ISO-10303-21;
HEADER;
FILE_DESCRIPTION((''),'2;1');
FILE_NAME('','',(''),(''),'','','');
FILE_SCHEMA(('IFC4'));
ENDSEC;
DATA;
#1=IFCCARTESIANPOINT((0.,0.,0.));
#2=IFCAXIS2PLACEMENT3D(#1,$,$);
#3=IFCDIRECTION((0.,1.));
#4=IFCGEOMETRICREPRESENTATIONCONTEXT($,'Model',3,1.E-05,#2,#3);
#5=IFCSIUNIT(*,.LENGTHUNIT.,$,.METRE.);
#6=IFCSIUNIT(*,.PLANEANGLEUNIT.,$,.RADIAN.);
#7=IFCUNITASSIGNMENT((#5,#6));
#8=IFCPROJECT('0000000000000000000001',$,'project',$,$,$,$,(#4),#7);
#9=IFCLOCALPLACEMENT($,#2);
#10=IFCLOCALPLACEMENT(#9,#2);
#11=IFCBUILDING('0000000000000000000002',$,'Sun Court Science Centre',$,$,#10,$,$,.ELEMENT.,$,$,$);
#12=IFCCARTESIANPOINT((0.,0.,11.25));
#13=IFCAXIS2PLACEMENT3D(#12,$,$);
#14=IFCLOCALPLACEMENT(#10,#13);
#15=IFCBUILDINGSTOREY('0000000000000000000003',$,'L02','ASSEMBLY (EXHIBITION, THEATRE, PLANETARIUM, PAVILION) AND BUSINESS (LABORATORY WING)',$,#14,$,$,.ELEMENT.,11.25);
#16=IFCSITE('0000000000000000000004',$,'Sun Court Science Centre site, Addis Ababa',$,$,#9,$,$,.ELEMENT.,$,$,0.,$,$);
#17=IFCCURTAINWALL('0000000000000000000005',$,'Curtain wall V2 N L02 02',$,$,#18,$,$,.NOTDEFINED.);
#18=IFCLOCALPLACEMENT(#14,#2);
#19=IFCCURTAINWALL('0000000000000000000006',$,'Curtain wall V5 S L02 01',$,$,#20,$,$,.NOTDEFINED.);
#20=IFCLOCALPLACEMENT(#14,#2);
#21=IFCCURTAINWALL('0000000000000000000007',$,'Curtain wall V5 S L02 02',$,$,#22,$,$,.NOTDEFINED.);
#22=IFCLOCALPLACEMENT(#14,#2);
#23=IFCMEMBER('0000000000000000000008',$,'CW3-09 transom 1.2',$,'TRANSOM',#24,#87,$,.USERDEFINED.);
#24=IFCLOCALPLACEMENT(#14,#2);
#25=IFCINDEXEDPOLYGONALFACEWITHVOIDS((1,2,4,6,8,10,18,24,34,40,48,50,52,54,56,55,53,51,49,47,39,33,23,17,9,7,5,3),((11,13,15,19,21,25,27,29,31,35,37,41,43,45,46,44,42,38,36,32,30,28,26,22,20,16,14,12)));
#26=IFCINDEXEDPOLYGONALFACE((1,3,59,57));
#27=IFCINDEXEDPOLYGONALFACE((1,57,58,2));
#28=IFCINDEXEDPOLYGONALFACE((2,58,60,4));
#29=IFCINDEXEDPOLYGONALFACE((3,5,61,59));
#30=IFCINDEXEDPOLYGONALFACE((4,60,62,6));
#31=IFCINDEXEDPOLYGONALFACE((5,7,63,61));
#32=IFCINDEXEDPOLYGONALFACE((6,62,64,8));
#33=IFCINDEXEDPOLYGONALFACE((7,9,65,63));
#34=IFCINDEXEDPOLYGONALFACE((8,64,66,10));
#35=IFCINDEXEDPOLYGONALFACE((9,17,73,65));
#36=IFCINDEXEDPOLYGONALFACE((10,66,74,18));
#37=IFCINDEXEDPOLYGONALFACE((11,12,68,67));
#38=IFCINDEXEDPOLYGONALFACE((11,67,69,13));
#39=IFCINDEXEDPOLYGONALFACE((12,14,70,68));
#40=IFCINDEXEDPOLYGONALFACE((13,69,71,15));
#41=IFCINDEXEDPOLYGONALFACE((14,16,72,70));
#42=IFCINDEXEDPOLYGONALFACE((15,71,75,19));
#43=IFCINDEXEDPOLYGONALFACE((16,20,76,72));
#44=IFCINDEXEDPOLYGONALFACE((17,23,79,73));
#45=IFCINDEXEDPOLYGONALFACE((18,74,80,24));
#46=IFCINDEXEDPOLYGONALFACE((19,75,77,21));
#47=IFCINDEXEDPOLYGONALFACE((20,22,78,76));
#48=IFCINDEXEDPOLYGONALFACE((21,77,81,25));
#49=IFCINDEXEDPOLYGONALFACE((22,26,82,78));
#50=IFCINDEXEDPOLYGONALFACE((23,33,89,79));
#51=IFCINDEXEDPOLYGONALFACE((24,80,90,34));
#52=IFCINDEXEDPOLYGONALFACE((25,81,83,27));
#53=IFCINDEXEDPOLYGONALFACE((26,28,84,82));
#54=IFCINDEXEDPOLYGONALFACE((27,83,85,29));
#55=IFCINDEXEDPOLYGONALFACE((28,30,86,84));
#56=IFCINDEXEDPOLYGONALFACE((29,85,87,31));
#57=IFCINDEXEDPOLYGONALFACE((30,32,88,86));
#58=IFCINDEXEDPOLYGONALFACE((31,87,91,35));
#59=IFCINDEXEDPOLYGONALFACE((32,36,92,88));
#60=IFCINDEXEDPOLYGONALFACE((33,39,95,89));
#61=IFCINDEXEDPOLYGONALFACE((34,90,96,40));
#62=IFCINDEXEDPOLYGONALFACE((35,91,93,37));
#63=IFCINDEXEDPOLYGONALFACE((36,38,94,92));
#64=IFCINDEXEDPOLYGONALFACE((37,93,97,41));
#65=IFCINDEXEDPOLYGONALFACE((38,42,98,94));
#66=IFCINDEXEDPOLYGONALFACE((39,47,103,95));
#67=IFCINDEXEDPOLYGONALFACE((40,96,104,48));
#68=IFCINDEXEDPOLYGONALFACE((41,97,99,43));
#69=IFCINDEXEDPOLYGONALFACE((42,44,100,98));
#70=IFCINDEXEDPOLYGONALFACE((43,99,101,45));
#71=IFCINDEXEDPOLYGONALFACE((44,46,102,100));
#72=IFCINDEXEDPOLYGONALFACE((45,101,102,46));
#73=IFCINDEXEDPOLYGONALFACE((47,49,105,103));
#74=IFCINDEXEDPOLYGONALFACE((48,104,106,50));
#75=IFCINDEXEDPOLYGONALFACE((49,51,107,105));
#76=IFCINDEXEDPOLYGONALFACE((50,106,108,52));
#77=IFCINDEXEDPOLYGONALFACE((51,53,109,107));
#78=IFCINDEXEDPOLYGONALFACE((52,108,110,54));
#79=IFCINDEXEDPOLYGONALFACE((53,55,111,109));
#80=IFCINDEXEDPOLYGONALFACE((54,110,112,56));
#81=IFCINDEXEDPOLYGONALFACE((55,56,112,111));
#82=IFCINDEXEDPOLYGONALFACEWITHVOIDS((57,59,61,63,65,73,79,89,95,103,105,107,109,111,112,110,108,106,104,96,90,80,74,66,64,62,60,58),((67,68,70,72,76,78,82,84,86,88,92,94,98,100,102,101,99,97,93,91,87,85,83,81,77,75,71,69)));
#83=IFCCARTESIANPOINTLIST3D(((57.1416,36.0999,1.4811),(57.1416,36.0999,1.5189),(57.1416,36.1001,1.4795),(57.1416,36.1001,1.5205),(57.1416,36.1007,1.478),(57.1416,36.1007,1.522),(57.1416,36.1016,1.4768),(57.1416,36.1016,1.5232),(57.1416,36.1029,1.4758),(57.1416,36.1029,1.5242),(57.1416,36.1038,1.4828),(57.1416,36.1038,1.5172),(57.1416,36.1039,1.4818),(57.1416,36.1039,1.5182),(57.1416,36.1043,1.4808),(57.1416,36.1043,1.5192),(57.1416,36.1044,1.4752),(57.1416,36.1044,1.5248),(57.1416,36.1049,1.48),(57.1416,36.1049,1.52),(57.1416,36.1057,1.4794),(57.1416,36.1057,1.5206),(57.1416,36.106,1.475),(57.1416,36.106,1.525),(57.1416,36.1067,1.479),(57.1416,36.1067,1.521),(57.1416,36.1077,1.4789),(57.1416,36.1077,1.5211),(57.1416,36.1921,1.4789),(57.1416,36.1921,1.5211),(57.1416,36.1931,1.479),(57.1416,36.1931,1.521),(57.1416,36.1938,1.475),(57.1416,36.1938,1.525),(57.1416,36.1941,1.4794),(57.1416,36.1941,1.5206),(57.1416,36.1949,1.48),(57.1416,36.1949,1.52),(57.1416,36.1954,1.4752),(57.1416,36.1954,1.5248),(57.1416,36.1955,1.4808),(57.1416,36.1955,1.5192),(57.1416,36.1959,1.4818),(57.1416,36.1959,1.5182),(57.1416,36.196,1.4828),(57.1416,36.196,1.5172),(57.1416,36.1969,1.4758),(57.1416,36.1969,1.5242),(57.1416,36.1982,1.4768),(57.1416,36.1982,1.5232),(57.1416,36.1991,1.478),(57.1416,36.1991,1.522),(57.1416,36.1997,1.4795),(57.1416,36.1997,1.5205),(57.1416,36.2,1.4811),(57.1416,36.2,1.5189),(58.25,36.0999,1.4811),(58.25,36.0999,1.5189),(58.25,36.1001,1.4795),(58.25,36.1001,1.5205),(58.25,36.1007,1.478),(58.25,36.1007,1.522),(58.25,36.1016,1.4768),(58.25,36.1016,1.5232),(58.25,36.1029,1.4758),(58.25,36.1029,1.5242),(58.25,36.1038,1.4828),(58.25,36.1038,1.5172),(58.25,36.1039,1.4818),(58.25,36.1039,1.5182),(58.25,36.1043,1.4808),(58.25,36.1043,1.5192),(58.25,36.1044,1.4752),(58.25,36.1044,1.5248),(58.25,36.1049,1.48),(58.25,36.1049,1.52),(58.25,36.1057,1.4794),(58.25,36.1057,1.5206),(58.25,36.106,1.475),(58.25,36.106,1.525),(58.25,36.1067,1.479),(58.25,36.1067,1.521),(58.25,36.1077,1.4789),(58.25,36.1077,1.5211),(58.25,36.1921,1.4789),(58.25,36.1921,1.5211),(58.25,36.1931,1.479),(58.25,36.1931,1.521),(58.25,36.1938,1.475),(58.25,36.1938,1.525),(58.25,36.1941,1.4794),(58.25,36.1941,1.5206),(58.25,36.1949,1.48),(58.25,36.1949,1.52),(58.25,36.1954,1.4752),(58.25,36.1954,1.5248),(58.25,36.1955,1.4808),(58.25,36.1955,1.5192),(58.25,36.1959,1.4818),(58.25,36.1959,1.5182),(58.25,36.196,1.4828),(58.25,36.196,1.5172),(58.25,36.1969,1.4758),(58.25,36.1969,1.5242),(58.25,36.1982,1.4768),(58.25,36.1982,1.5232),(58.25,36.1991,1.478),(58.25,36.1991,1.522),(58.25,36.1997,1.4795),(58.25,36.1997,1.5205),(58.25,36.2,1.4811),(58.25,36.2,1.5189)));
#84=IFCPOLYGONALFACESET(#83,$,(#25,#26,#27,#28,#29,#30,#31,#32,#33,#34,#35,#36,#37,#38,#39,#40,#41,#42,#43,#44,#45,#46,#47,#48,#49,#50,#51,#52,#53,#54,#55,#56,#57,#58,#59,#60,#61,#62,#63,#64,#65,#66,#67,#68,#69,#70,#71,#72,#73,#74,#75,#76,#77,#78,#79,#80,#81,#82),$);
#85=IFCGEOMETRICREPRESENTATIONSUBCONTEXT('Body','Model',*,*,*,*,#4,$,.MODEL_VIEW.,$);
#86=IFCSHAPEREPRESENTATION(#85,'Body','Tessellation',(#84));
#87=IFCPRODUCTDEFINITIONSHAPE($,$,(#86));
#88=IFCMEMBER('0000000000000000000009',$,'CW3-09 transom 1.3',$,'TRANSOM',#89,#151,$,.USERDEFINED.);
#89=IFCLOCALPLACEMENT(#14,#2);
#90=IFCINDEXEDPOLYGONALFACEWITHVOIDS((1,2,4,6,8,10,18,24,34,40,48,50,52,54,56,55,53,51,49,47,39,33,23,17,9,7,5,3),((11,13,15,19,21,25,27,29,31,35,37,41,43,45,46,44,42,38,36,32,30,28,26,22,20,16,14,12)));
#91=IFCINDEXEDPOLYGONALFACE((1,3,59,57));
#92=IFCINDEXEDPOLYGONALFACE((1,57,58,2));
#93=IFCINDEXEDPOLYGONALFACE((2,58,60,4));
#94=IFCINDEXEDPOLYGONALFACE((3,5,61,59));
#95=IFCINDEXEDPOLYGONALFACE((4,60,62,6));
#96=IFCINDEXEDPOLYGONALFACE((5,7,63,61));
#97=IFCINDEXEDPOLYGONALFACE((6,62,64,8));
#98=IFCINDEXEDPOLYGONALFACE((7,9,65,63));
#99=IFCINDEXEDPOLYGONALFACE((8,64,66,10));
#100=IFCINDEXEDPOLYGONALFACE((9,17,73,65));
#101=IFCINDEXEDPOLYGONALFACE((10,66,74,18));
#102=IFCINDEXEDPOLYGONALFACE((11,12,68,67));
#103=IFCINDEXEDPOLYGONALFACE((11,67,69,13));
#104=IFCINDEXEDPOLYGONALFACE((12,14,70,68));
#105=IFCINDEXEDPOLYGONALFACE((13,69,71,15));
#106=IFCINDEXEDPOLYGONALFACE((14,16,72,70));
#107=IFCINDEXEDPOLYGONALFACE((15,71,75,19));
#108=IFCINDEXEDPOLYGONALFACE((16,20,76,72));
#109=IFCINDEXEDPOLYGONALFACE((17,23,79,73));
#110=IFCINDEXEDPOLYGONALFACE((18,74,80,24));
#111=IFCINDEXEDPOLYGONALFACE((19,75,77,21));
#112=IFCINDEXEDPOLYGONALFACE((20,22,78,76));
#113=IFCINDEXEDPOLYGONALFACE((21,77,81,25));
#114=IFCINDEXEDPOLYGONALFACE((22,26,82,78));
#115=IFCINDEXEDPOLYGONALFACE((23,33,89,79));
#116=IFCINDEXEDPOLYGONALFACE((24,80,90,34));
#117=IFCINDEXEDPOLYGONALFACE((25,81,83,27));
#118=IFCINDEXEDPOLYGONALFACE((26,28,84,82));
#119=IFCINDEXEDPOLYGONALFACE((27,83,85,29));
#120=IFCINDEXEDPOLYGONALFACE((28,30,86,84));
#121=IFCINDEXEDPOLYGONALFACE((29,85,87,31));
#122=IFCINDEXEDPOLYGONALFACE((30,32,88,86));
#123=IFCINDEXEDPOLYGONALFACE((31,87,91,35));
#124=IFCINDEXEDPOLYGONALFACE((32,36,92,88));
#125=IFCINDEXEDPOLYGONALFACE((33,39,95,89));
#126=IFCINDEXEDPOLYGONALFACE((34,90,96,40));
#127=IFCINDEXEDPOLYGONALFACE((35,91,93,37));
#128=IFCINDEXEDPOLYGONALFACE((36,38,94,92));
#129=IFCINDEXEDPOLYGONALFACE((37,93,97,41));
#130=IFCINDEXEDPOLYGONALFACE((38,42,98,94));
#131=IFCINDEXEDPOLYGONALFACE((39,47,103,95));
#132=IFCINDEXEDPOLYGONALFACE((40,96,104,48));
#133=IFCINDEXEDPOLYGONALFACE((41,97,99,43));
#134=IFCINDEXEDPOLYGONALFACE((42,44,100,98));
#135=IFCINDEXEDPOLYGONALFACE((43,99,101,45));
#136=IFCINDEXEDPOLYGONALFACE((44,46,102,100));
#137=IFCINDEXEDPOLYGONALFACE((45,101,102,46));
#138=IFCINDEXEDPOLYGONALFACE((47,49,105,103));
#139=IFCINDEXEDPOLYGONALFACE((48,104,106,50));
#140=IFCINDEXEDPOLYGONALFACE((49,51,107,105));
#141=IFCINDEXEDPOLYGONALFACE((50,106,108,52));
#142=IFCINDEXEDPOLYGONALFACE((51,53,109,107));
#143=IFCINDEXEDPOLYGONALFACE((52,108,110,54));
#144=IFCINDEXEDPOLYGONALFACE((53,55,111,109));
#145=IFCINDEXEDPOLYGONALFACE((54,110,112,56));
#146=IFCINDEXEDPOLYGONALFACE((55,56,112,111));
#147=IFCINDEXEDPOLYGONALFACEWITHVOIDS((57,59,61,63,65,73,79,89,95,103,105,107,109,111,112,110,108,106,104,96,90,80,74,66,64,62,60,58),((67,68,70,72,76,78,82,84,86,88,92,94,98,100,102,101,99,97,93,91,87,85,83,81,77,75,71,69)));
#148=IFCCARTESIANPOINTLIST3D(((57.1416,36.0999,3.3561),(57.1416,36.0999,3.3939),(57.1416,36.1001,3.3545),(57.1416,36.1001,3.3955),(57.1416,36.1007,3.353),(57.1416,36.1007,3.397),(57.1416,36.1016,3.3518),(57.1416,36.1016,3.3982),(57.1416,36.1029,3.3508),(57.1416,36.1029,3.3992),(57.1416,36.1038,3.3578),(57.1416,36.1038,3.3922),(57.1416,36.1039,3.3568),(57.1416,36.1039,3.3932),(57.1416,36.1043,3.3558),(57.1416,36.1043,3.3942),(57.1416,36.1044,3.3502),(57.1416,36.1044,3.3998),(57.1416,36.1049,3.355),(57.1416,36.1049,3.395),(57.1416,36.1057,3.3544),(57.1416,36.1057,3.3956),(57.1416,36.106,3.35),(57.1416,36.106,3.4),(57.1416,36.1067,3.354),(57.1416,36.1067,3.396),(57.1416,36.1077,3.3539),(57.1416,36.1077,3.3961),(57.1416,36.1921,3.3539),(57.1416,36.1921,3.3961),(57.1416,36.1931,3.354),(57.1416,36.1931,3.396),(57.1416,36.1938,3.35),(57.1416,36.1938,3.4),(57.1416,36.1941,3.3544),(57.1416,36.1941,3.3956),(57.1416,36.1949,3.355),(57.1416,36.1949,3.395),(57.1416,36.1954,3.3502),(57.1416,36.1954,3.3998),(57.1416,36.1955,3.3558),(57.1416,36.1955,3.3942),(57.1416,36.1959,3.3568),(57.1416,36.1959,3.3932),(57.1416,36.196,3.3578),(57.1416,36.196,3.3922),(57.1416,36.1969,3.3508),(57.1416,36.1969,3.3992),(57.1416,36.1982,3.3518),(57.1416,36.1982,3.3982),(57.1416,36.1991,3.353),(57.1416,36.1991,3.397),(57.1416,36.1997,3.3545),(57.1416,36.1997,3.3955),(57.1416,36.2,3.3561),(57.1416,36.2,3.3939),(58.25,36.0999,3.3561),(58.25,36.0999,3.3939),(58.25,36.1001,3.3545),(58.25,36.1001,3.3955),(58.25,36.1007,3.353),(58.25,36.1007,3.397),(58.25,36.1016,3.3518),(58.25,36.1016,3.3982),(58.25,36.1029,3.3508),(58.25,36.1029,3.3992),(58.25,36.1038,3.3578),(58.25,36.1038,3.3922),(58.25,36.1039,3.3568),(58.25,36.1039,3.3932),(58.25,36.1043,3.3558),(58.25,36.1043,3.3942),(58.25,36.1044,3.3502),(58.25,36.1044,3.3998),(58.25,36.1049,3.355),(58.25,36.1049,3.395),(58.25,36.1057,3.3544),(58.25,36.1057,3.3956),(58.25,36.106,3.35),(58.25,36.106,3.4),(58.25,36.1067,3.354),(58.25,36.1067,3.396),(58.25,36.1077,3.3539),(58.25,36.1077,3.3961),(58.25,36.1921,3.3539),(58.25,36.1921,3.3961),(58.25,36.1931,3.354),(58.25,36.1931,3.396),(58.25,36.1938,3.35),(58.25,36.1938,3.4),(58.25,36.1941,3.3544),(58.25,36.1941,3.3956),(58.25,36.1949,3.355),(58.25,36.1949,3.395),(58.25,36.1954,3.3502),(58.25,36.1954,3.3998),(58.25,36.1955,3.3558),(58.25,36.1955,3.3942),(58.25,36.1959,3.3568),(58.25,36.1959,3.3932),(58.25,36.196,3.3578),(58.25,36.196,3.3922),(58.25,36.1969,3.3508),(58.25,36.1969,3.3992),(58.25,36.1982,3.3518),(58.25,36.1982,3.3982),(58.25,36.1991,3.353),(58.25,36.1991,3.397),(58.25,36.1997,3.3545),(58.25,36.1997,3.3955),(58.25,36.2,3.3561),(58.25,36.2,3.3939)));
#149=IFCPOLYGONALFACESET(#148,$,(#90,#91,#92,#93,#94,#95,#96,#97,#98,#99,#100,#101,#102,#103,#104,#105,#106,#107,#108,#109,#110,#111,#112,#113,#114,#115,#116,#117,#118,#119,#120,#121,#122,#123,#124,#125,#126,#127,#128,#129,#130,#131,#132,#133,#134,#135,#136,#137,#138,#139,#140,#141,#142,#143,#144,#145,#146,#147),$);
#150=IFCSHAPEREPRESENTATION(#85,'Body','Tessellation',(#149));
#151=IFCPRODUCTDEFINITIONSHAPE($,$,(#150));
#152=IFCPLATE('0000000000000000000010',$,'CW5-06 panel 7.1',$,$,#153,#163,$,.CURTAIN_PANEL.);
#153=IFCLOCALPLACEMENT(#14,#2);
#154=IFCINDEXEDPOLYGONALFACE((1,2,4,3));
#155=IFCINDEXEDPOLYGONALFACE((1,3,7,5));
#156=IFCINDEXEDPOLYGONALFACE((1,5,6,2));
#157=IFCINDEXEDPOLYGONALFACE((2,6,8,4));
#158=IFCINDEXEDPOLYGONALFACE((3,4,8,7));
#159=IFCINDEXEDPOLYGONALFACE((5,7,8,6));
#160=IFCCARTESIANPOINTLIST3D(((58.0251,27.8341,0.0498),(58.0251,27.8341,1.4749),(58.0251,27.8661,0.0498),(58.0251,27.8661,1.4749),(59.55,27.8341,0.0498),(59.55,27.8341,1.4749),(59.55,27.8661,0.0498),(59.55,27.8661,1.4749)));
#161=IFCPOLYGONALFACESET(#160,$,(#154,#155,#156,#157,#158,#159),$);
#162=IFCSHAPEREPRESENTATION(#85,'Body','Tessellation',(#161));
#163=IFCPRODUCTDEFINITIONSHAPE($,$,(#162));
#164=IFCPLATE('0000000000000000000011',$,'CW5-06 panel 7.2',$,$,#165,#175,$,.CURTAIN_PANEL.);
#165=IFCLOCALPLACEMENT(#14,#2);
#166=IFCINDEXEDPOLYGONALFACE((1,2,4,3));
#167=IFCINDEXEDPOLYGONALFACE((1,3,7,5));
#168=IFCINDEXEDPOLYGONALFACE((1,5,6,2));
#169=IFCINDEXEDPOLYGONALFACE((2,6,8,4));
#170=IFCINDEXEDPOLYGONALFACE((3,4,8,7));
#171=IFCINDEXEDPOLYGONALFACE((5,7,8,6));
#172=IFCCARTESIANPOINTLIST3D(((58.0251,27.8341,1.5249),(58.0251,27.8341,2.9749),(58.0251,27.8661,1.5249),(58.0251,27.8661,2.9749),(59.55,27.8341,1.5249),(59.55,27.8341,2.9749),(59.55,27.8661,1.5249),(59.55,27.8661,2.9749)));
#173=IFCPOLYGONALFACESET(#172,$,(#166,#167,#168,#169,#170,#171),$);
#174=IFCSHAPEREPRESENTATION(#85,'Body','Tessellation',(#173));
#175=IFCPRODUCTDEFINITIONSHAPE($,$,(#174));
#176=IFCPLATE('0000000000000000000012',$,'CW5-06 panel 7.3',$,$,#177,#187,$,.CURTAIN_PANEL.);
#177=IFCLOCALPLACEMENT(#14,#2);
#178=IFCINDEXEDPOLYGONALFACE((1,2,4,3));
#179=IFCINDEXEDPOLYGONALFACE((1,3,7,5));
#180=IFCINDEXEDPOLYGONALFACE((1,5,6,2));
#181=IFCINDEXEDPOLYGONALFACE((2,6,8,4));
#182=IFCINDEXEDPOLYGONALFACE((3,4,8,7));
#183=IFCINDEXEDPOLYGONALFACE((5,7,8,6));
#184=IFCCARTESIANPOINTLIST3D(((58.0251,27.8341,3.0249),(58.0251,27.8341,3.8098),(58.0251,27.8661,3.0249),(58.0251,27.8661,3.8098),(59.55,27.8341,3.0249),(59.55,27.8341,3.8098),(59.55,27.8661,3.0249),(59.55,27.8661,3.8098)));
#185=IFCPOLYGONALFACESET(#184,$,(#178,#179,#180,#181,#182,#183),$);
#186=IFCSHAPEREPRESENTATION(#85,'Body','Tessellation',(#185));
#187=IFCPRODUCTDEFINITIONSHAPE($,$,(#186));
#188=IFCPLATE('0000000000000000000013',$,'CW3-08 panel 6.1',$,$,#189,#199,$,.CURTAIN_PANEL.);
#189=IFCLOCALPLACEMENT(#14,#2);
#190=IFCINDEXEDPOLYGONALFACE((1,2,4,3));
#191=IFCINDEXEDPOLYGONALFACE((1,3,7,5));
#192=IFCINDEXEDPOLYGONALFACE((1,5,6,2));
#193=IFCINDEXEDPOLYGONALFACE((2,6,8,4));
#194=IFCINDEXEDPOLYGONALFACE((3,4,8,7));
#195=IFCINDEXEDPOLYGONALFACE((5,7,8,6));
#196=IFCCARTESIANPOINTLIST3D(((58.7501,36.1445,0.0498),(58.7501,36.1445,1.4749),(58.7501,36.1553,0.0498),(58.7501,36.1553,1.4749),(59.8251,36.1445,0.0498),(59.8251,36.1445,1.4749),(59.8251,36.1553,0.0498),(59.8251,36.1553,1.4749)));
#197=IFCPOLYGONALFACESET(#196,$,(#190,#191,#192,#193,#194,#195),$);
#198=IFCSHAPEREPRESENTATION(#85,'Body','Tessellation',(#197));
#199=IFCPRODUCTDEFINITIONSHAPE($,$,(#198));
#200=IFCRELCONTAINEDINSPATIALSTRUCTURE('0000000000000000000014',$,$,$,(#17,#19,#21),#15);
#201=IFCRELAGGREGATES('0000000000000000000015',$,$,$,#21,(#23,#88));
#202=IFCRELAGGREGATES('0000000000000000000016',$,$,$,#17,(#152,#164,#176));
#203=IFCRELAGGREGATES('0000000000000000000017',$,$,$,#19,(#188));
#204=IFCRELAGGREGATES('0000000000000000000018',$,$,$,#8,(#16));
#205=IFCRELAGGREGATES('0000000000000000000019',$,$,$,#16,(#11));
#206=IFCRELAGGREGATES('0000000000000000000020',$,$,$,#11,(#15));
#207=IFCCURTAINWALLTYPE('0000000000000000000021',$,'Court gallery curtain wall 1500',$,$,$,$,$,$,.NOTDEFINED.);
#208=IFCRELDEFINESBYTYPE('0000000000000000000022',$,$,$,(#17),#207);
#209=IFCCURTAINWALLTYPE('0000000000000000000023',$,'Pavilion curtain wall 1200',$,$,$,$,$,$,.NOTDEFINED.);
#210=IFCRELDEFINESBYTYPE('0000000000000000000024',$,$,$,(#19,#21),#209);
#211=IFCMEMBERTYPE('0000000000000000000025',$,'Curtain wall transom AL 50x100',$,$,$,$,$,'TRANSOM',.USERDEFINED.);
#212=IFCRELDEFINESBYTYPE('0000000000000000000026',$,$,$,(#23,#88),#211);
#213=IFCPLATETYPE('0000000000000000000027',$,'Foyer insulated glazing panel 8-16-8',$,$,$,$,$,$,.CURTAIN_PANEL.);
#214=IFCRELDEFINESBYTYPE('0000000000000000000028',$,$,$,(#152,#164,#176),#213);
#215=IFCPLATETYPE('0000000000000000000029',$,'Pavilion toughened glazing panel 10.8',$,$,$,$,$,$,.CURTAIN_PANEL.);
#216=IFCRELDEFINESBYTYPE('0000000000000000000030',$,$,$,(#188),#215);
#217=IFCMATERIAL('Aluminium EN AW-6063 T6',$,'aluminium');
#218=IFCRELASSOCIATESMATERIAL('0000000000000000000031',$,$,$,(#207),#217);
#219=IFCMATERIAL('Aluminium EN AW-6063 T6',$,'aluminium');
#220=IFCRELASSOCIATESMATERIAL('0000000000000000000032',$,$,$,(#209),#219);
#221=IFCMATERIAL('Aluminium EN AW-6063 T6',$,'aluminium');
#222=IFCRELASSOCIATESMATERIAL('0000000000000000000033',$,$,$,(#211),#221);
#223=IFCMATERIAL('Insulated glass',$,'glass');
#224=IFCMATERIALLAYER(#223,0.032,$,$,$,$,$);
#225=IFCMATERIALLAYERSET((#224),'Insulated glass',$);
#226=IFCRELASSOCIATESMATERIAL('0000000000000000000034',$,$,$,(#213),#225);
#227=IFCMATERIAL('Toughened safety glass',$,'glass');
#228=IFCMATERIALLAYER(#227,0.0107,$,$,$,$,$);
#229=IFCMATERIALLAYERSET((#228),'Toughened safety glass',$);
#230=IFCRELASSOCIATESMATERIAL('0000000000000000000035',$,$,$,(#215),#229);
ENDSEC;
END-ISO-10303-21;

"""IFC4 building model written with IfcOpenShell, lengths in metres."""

from ifc_helpers import new_model, si_unit, direction, frame, origin, origin_2d, place, context, subcontext, project, spatial, rectangle, hollow_rectangle, extrude, material, layer, layer_set, material_profile, profile_set, type_object, element, aggregate, save


model = new_model("IFC4")

# Units and contexts
model_context = context("Model", 3, precision=1e-05, world=origin(), true_north=direction((0.0, 1.0)))
body_context = subcontext(model_context, "Body", "Model", "MODEL_VIEW")
ifc_project = project(units=[si_unit("LENGTHUNIT", "METRE"), si_unit("PLANEANGLEUNIT", "RADIAN")], contexts=[model_context])

# Site, building, storey
site_placement = place(None, origin())
site = spatial("IfcSite", under=ifc_project, at=site_placement, Name="Sun Court Science Centre site, Addis Ababa", CompositionType="ELEMENT", RefElevation=0.0)
building_placement = place(site_placement, origin())
building = spatial("IfcBuilding", under=site, at=building_placement, Name="Sun Court Science Centre", CompositionType="ELEMENT")
storey_placement = place(building_placement, frame((0.0, 0.0, 11.25)))
storey = spatial("IfcBuildingStorey", under=building, at=storey_placement, Name="L02", Description="ASSEMBLY (EXHIBITION, THEATRE, PLANETARIUM, PAVILION) AND BUSINESS (LABORATORY WING)", CompositionType="ELEMENT", Elevation=11.25)

# Curtain wall
ifc_material_1 = material(Name="Aluminium EN AW-6063 T6", Category="aluminium")
curtain_wall_type_1 = type_object("IfcCurtainWallType", Name="Court gallery curtain wall 1500", PredefinedType="NOTDEFINED", material=ifc_material_1)
curtain_wall_1_placement = place(storey_placement, origin())
curtain_wall_1 = element("IfcCurtainWall", 1, at=curtain_wall_1_placement, inside=storey, type_object=curtain_wall_type_1, Name="Curtain wall V2 N L02 02", PredefinedType="NOTDEFINED")

# Curtain wall
ifc_material_2 = material(Name="Aluminium EN AW-6063 T6", Category="aluminium")
curtain_wall_type_2 = type_object("IfcCurtainWallType", Name="Pavilion curtain wall 1200", PredefinedType="NOTDEFINED", material=ifc_material_2)
curtain_wall_2_placement = place(storey_placement, origin())
curtain_wall_2 = element("IfcCurtainWall", 2, at=curtain_wall_2_placement, inside=storey, type_object=curtain_wall_type_2, Name="Curtain wall V5 S L02 01", PredefinedType="NOTDEFINED")

# Curtain wall
curtain_wall_3_placement = place(storey_placement, origin())
curtain_wall_3 = element("IfcCurtainWall", 3, at=curtain_wall_3_placement, inside=storey, type_object=curtain_wall_type_2, Name="Curtain wall V5 S L02 02", PredefinedType="NOTDEFINED")

# Members
ifc_material_3 = material(Name="Aluminium EN AW-6063 T6", Category="aluminium")
ifc_material_profile_1 = material_profile(ifc_material_3, hollow_rectangle(XDim=0.05, YDim=0.1001, WallThickness=0.0039, InnerFilletRadius=0.0039, OuterFilletRadius=0.0061, at=origin_2d()), Name="AL 50x100x4")
ifc_profile_set_1 = profile_set([ifc_material_profile_1], Name="Aluminium EN AW-6063 T6")
member_type_1 = type_object("IfcMemberType", Name="Curtain wall transom AL 50x100", ElementType="TRANSOM", PredefinedType="USERDEFINED", material=ifc_profile_set_1)
member_1_placement = place(storey_placement, frame((58.25, 36.1499, 1.5), z_axis=(-1.0, 0.0, 0.0), x_axis=(0.0, 0.0, 1.0)))
member_1 = element("IfcMember", 4, at=member_1_placement, type_object=member_type_1, Name="CW3-09 transom 1.2", ObjectType="TRANSOM", PredefinedType="USERDEFINED", context=body_context, shape_type="SweptSolid", body=[
    extrude(hollow_rectangle(XDim=0.05, YDim=0.1001, WallThickness=0.0039, InnerFilletRadius=0.0039, OuterFilletRadius=0.0061, at=origin_2d()), origin(), (0.0, 0.0, 1.0), 1.1084),
])
member_2_placement = place(storey_placement, frame((58.25, 36.1499, 3.375), z_axis=(-1.0, 0.0, 0.0), x_axis=(0.0, 0.0, 1.0)))
member_2 = element("IfcMember", 5, at=member_2_placement, type_object=member_type_1, Name="CW3-09 transom 1.3", ObjectType="TRANSOM", PredefinedType="USERDEFINED", context=body_context, shape_type="SweptSolid", body=[
    extrude(hollow_rectangle(XDim=0.05, YDim=0.1001, WallThickness=0.0039, InnerFilletRadius=0.0039, OuterFilletRadius=0.0061, at=origin_2d()), origin(), (0.0, 0.0, 1.0), 1.1084),
])
aggregate(curtain_wall_3, [member_1, member_2])

# Plates
ifc_material_4 = material(Name="Insulated glass", Category="glass")
ifc_layer_1 = layer(ifc_material_4, 0.032)
ifc_layer_set_1 = layer_set([ifc_layer_1], Name="Insulated glass")
plate_type_1 = type_object("IfcPlateType", Name="Foyer insulated glazing panel 8-16-8", PredefinedType="CURTAIN_PANEL", material=ifc_layer_set_1)
plate_1_placement = place(storey_placement, frame((58.7876, 27.8501, 0.0498), z_axis=(0.0, 0.0, 1.0), x_axis=(1.0, 0.0, 0.0)))
plate_1 = element("IfcPlate", 6, at=plate_1_placement, type_object=plate_type_1, Name="CW5-06 panel 7.1", PredefinedType="CURTAIN_PANEL", context=body_context, shape_type="SweptSolid", body=[
    extrude(rectangle(XDim=1.5249, YDim=0.032, at=origin_2d()), origin(), (0.0, 0.0, 1.0), 1.425),
])
plate_2_placement = place(storey_placement, frame((58.7876, 27.8501, 1.5249), z_axis=(0.0, 0.0, 1.0), x_axis=(1.0, 0.0, 0.0)))
plate_2 = element("IfcPlate", 7, at=plate_2_placement, type_object=plate_type_1, Name="CW5-06 panel 7.2", PredefinedType="CURTAIN_PANEL", context=body_context, shape_type="SweptSolid", body=[
    extrude(rectangle(XDim=1.5249, YDim=0.032, at=origin_2d()), origin(), (0.0, 0.0, 1.0), 1.45),
])
plate_3_placement = place(storey_placement, frame((58.7876, 27.8501, 3.0249), z_axis=(0.0, 0.0, 1.0), x_axis=(1.0, 0.0, 0.0)))
plate_3 = element("IfcPlate", 8, at=plate_3_placement, type_object=plate_type_1, Name="CW5-06 panel 7.3", PredefinedType="CURTAIN_PANEL", context=body_context, shape_type="SweptSolid", body=[
    extrude(rectangle(XDim=1.5249, YDim=0.032, at=origin_2d()), origin(), (0.0, 0.0, 1.0), 0.7849),
])
aggregate(curtain_wall_1, [plate_1, plate_2, plate_3])
ifc_material_5 = material(Name="Toughened safety glass", Category="glass")
ifc_layer_2 = layer(ifc_material_5, 0.0107)
ifc_layer_set_2 = layer_set([ifc_layer_2], Name="Toughened safety glass")
plate_type_2 = type_object("IfcPlateType", Name="Pavilion toughened glazing panel 10.8", PredefinedType="CURTAIN_PANEL", material=ifc_layer_set_2)
plate_4_placement = place(storey_placement, frame((59.2876, 36.1499, 0.0498), z_axis=(0.0, 0.0, 1.0), x_axis=(-1.0, 0.0, 0.0)))
plate_4 = element("IfcPlate", 9, at=plate_4_placement, type_object=plate_type_2, Name="CW3-08 panel 6.1", PredefinedType="CURTAIN_PANEL", context=body_context, shape_type="SweptSolid", body=[
    extrude(rectangle(XDim=1.075, YDim=0.0107, at=origin_2d()), origin(), (0.0, 0.0, 1.0), 1.425),
])
aggregate(curtain_wall_2, [plate_4])

save(model, "model.ifc")
